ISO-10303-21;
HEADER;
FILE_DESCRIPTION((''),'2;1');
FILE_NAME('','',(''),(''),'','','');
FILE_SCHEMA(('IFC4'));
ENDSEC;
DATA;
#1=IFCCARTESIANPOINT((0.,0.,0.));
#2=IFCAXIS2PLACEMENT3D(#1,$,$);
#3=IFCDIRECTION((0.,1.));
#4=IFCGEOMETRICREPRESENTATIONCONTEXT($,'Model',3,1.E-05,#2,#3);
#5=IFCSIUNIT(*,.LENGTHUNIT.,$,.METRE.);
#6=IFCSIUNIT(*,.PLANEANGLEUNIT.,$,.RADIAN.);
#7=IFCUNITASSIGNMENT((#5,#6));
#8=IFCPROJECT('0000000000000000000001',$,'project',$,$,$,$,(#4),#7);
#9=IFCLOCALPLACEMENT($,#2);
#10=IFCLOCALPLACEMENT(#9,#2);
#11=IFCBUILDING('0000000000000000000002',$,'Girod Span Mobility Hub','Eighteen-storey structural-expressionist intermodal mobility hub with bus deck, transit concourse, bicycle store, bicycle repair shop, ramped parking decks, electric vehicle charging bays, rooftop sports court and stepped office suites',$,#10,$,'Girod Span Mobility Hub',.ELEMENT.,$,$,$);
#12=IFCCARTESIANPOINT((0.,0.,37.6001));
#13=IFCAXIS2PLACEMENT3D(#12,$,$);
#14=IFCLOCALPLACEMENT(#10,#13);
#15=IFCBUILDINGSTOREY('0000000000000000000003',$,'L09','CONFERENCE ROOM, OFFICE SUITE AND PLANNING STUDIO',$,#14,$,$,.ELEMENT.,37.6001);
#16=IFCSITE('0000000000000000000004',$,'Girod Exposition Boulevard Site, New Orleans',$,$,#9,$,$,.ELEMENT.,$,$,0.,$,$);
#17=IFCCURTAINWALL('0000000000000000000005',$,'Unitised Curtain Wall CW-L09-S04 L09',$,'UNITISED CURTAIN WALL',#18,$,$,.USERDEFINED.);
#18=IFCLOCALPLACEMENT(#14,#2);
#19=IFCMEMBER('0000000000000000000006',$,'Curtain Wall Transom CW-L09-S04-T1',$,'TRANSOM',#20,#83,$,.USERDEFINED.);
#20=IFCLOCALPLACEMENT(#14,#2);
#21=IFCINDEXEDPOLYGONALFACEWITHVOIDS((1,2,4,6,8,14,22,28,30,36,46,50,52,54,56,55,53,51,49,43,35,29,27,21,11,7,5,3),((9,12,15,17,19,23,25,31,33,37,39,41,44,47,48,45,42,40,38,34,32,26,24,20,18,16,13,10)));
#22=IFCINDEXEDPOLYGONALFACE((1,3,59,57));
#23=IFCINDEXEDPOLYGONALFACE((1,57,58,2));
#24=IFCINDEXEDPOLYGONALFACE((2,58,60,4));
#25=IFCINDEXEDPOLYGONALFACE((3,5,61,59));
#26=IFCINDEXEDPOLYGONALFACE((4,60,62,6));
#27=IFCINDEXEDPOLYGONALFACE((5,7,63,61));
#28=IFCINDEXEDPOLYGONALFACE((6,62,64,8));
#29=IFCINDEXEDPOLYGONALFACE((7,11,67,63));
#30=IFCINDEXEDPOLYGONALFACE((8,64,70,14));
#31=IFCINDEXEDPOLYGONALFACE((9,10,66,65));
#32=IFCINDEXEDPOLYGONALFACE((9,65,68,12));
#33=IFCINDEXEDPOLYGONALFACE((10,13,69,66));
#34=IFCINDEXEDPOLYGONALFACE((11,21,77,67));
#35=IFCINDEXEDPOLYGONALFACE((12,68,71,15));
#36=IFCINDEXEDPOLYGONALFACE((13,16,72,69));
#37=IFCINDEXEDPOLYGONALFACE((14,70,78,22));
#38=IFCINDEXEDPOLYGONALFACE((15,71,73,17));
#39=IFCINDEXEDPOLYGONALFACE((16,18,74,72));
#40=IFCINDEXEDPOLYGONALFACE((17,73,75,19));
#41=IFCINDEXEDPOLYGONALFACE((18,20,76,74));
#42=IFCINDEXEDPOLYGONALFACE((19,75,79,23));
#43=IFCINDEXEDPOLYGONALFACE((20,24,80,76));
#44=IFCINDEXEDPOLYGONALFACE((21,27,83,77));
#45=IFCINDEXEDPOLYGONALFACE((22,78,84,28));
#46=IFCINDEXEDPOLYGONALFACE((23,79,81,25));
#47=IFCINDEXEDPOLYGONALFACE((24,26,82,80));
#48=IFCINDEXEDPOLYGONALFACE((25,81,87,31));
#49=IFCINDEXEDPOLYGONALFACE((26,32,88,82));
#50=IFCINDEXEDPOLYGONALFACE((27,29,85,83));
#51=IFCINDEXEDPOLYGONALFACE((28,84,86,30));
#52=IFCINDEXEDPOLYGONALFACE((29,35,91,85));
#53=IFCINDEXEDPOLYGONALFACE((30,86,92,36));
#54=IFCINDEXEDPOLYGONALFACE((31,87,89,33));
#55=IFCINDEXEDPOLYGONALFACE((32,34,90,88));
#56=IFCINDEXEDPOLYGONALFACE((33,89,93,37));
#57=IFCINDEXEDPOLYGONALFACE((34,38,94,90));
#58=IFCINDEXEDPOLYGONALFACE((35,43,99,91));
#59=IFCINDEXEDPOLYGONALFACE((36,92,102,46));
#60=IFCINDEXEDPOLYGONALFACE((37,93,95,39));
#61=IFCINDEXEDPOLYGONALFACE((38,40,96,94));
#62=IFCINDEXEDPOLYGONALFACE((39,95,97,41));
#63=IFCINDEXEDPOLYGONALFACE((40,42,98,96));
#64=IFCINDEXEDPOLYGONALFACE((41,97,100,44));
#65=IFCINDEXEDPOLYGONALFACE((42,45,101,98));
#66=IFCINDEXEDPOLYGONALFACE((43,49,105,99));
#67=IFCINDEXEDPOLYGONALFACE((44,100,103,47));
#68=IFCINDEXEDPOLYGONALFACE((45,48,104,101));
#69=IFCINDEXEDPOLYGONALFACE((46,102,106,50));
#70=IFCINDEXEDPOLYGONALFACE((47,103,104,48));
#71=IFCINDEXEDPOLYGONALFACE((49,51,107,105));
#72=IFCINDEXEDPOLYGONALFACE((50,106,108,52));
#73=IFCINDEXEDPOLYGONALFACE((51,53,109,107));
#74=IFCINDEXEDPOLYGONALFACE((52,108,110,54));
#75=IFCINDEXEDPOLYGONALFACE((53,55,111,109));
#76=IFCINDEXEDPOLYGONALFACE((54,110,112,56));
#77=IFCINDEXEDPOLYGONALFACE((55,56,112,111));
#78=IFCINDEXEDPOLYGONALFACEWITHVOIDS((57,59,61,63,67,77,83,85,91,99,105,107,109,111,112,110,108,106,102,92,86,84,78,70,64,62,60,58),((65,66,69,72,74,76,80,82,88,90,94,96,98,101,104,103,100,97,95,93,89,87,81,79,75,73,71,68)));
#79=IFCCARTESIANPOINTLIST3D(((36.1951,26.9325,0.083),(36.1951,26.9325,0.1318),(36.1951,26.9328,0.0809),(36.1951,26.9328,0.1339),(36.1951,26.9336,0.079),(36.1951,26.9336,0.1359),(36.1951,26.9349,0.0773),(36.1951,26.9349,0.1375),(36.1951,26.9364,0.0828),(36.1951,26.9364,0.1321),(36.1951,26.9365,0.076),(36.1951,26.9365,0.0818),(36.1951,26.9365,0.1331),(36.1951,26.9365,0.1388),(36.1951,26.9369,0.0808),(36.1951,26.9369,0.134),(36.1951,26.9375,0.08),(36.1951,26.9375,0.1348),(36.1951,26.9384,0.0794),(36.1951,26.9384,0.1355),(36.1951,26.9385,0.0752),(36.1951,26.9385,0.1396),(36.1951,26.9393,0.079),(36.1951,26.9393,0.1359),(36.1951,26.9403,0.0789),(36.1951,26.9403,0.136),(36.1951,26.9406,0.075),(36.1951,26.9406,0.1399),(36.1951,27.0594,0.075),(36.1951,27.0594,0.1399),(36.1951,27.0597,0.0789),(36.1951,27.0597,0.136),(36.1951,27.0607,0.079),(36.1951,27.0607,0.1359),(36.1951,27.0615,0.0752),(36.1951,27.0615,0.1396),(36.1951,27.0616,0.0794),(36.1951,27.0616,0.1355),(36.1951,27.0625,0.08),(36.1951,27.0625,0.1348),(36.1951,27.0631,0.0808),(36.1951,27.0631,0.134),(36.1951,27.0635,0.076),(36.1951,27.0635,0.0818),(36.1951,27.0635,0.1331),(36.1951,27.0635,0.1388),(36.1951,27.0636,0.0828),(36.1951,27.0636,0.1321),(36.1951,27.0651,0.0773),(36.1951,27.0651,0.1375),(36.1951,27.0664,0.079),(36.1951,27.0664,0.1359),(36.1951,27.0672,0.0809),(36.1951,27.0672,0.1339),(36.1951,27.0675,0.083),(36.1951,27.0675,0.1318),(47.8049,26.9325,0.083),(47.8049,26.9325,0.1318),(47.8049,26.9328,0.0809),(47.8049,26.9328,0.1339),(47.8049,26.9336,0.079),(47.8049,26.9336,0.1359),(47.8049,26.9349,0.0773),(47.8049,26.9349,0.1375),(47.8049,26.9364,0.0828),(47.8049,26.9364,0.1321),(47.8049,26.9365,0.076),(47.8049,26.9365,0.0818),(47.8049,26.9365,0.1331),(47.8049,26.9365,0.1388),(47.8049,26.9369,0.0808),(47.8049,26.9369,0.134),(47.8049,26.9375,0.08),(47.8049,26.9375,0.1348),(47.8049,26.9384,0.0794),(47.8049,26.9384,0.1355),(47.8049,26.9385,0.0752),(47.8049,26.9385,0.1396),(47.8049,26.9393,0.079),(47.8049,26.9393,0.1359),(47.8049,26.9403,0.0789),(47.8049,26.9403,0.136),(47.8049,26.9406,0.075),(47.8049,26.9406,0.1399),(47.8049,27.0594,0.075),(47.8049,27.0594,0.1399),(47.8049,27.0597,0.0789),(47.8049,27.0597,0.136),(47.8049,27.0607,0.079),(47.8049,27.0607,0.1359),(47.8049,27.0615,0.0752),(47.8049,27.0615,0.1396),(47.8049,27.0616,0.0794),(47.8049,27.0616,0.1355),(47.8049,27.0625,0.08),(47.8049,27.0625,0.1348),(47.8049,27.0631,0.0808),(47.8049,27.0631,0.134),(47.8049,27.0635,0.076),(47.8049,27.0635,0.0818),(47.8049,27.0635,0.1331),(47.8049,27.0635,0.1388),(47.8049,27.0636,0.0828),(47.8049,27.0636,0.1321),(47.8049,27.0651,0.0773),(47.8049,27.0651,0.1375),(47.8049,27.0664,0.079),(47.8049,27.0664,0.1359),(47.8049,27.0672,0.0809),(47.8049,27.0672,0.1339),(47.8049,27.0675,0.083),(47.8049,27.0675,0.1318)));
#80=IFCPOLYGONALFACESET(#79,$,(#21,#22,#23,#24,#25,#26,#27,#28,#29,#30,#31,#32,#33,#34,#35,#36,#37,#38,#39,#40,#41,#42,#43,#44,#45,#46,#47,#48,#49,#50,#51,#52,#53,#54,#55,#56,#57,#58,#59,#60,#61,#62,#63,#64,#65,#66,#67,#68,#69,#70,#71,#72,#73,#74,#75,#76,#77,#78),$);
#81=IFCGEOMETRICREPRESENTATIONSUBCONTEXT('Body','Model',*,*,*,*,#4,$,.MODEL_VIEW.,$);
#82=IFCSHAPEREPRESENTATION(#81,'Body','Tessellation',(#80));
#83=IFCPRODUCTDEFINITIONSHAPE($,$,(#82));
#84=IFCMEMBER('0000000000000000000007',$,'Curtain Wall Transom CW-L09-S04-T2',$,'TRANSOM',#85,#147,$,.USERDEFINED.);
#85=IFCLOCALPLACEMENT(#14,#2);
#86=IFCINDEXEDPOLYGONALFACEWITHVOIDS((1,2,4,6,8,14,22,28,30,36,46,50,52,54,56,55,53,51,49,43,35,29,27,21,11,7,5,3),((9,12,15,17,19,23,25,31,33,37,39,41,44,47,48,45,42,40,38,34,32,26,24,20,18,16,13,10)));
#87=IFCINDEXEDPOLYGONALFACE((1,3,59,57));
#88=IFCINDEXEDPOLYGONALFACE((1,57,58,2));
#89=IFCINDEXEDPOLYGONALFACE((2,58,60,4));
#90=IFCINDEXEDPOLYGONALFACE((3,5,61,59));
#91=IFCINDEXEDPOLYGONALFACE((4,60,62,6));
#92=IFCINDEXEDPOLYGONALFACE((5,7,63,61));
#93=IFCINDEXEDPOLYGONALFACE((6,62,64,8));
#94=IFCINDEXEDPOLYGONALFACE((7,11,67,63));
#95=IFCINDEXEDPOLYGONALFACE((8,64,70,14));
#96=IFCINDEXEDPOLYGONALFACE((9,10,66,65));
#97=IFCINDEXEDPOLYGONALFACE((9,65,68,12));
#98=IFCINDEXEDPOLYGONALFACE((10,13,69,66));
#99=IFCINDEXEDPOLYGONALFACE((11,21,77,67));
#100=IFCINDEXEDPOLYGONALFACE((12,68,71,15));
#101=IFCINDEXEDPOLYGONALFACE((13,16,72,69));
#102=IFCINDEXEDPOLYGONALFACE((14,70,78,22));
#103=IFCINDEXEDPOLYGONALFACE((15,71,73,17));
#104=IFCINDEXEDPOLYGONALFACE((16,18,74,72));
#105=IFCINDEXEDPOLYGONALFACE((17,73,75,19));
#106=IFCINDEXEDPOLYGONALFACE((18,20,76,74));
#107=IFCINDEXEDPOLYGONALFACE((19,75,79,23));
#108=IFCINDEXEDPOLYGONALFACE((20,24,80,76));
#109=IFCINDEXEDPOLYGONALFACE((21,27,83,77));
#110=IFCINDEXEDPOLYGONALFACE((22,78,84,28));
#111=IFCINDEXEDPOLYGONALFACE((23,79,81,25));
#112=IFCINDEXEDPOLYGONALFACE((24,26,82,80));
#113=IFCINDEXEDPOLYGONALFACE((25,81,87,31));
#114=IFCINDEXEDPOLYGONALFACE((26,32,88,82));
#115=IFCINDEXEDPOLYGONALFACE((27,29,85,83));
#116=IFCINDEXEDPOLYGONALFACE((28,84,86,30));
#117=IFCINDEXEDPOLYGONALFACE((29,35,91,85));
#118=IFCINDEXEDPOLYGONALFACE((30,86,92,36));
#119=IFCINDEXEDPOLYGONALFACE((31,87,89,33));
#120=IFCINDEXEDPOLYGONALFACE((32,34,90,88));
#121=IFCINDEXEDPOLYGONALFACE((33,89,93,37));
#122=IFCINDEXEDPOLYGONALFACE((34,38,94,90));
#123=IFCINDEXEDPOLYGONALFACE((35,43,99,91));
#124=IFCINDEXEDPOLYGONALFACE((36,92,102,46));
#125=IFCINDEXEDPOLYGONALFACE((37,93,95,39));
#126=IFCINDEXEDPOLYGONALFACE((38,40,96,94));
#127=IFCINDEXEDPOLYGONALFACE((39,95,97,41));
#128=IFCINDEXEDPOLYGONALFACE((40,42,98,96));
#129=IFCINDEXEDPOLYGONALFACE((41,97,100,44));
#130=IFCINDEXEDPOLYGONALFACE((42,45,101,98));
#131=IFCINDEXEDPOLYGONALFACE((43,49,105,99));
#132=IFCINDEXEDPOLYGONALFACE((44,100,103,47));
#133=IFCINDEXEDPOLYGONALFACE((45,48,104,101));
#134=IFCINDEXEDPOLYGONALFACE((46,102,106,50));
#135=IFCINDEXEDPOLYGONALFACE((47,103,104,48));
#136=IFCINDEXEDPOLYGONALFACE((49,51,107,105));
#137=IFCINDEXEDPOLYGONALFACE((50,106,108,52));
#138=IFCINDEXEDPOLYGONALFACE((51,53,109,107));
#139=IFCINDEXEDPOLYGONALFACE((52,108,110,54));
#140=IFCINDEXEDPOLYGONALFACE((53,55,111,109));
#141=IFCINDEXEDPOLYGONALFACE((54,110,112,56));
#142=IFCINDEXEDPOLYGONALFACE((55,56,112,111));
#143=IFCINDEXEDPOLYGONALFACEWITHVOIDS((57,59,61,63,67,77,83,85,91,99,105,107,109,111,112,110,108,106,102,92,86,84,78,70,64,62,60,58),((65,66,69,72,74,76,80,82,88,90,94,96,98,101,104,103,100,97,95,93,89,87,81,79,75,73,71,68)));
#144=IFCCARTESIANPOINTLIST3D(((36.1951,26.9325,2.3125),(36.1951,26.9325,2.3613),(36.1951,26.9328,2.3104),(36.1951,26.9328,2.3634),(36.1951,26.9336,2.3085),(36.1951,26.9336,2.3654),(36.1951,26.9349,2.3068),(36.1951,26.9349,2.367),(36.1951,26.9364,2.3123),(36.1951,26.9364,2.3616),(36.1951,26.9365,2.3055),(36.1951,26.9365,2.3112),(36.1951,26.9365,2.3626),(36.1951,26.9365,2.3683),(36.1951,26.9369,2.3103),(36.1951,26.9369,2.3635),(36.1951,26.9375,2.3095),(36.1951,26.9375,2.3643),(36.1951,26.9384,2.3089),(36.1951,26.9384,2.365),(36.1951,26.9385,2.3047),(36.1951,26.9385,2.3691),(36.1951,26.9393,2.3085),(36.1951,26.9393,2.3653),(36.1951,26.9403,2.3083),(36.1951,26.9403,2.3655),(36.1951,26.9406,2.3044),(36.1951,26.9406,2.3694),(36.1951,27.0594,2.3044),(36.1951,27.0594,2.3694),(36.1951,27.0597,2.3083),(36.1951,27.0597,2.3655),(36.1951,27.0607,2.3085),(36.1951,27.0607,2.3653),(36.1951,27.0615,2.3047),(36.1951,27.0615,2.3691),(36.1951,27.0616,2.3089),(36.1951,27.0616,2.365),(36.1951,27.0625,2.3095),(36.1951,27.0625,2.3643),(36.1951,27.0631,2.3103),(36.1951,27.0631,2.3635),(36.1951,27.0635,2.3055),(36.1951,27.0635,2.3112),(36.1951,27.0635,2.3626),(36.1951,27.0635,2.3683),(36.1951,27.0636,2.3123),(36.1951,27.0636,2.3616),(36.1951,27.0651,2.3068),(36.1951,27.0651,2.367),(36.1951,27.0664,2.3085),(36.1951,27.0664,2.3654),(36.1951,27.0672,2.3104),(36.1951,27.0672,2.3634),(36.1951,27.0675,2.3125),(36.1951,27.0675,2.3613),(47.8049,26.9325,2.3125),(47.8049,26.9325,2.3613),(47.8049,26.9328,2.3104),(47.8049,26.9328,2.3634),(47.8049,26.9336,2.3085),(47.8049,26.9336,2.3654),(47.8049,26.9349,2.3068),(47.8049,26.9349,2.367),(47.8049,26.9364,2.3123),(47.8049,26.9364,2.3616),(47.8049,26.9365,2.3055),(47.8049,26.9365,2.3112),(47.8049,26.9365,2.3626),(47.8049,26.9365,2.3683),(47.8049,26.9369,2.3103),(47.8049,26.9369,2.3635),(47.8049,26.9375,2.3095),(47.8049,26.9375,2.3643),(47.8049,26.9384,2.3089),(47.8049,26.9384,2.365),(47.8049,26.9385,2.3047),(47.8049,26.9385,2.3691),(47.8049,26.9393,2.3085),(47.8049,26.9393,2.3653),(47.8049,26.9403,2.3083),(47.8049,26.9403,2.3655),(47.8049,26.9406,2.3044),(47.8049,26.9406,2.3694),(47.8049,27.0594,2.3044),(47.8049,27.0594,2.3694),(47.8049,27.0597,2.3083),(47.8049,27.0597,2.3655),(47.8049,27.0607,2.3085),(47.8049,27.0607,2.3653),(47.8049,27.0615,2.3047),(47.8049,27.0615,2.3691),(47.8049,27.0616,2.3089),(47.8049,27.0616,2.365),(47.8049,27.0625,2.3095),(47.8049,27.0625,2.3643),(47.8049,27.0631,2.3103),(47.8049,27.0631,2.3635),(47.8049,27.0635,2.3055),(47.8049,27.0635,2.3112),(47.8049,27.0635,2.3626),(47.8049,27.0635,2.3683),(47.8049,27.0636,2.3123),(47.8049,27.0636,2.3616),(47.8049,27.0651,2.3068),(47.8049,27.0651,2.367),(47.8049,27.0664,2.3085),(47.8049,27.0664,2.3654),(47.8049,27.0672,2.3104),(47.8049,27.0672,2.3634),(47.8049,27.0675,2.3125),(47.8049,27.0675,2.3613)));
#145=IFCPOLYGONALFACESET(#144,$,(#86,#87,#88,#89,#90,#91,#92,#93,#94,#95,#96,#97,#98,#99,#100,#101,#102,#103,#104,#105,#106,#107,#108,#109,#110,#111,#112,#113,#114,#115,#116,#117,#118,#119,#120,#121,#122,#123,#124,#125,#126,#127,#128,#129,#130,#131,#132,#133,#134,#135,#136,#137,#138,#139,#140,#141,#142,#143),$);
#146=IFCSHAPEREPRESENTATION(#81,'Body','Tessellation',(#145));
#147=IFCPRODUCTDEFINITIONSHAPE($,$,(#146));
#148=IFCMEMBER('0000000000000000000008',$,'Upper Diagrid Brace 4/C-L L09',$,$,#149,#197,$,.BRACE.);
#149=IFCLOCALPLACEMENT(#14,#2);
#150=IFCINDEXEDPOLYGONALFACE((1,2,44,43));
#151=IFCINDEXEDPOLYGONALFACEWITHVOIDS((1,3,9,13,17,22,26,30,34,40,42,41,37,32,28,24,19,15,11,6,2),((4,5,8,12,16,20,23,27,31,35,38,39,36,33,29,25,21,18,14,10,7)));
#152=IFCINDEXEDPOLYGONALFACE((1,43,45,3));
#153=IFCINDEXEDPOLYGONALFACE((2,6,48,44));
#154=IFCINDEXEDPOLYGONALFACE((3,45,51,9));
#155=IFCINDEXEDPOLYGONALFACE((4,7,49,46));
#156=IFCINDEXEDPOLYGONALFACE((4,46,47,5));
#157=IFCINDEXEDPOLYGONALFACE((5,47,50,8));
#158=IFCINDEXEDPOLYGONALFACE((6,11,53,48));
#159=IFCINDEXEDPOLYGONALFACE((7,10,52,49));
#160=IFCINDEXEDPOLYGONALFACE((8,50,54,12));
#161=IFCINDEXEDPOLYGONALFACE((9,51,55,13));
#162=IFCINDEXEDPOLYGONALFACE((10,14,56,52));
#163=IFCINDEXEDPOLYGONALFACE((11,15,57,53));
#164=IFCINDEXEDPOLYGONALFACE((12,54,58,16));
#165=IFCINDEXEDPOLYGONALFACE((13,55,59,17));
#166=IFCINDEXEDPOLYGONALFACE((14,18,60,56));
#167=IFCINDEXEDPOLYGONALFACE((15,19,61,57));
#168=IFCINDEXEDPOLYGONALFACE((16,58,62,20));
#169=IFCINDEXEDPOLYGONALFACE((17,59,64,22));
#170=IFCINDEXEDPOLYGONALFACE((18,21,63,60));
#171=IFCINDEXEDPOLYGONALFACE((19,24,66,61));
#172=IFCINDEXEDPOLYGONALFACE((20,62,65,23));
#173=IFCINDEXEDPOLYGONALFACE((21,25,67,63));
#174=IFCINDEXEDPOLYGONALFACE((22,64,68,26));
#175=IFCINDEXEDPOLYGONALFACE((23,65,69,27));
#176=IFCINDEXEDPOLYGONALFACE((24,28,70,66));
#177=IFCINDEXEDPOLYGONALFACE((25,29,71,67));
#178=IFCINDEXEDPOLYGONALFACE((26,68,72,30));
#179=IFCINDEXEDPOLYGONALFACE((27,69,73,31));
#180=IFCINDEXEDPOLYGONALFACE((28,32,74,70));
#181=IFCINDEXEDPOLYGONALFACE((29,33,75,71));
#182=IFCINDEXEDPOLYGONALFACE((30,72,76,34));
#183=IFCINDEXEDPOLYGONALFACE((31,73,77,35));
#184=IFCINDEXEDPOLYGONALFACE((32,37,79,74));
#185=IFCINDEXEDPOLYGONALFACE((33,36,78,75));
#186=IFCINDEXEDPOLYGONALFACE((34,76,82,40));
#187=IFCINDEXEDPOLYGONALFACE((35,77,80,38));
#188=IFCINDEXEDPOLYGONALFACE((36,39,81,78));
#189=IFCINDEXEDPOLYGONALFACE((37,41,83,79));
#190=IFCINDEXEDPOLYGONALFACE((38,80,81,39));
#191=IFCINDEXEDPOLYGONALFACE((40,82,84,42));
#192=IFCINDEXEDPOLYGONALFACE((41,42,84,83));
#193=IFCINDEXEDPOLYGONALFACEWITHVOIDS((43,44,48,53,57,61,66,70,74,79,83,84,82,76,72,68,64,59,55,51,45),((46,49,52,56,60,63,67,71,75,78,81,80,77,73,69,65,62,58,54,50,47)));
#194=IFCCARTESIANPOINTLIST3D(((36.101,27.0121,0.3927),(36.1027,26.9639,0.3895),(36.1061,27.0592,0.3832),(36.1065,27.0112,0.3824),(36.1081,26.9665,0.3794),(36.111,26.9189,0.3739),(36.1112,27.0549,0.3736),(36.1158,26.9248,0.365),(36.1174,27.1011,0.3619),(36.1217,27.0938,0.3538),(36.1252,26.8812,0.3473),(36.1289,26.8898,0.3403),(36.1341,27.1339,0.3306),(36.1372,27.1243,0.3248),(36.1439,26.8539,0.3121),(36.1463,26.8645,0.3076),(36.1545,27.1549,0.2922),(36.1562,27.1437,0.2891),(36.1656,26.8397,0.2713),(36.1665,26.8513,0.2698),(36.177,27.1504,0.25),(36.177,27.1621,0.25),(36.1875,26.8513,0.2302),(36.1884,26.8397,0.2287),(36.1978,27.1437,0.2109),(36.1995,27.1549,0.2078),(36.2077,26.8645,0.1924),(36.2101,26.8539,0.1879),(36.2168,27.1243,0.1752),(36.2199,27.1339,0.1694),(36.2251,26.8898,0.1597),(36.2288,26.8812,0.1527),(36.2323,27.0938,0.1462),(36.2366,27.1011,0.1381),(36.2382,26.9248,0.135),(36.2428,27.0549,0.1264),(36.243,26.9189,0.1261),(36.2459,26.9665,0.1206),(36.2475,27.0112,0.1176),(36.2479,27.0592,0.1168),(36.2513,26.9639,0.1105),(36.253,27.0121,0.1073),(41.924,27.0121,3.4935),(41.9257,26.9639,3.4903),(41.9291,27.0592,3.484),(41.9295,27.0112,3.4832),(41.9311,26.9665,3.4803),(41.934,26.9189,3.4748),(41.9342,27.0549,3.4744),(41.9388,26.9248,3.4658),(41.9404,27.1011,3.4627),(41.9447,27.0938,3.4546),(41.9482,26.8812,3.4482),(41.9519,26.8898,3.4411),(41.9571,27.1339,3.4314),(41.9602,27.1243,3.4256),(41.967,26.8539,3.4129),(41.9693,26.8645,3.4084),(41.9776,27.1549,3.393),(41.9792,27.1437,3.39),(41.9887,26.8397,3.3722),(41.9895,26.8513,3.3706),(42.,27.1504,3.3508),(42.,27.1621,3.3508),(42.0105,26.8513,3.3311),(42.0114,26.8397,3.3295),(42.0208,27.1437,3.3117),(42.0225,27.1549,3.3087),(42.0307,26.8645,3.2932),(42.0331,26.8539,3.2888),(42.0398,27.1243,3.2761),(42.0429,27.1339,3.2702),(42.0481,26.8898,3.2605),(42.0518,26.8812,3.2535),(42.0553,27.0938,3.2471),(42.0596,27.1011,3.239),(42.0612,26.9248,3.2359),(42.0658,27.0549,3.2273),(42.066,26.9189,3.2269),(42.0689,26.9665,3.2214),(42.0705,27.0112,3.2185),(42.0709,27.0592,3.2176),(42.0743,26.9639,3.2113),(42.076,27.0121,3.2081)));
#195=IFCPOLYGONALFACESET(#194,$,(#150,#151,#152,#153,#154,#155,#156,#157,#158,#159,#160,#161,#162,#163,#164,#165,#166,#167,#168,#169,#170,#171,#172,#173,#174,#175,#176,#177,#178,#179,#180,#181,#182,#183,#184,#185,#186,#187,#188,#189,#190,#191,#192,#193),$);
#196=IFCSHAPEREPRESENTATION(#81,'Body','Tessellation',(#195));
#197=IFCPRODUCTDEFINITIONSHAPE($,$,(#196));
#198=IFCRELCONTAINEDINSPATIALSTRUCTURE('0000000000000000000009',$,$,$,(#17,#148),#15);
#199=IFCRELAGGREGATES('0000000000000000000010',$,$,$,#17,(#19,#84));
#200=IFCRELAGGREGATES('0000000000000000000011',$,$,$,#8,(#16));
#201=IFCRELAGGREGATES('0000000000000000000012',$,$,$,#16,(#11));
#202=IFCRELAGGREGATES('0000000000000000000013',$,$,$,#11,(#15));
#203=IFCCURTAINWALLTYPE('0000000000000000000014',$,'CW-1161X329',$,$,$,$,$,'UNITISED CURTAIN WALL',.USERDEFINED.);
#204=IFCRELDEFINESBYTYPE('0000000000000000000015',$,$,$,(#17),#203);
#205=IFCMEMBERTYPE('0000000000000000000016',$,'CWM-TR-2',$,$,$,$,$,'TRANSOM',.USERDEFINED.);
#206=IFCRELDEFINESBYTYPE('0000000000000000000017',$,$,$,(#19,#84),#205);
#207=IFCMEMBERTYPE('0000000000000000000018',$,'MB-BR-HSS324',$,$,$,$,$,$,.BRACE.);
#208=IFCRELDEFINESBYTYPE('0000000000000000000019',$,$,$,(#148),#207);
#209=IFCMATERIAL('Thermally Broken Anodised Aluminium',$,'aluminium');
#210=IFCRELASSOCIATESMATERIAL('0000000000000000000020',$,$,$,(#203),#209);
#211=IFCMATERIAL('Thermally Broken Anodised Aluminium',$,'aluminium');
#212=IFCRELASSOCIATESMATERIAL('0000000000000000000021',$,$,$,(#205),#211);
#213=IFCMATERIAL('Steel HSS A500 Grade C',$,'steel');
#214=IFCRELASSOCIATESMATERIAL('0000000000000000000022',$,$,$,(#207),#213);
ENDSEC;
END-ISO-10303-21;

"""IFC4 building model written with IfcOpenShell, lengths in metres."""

from ifc_helpers import new_model, si_unit, direction, frame, origin, origin_2d, place, context, subcontext, project, spatial, hollow_rectangle, hollow_circle, extrude, material, material_profile, profile_set, type_object, element, aggregate, save


model = new_model("IFC4")

# Units and contexts
model_context = context("Model", 3, precision=1e-05, world=origin(), true_north=direction((0.0, 1.0)))
body_context = subcontext(model_context, "Body", "Model", "MODEL_VIEW")
ifc_project = project(units=[si_unit("LENGTHUNIT", "METRE"), si_unit("PLANEANGLEUNIT", "RADIAN")], contexts=[model_context])

# Site, building, storey
site_placement = place(None, origin())
site = spatial("IfcSite", under=ifc_project, at=site_placement, Name="Girod Exposition Boulevard Site, New Orleans", CompositionType="ELEMENT", RefElevation=0.0)
building_placement = place(site_placement, origin())
building = spatial("IfcBuilding", under=site, at=building_placement, Name="Girod Span Mobility Hub", Description="Eighteen-storey structural-expressionist intermodal mobility hub with bus deck, transit concourse, bicycle store, bicycle repair shop, ramped parking decks, electric vehicle charging bays, rooftop sports court and stepped office suites", LongName="Girod Span Mobility Hub", CompositionType="ELEMENT")
storey_placement = place(building_placement, frame((0.0, 0.0, 37.6001)))
storey = spatial("IfcBuildingStorey", under=building, at=storey_placement, Name="L09", Description="CONFERENCE ROOM, OFFICE SUITE AND PLANNING STUDIO", CompositionType="ELEMENT", Elevation=37.6001)

# Curtain wall, members
ifc_material_1 = material(Name="Thermally Broken Anodised Aluminium", Category="aluminium")
curtain_wall_type = type_object("IfcCurtainWallType", Name="CW-1161X329", ElementType="UNITISED CURTAIN WALL", PredefinedType="USERDEFINED", material=ifc_material_1)
curtain_wall_placement = place(storey_placement, origin())
curtain_wall = element("IfcCurtainWall", 1, at=curtain_wall_placement, inside=storey, type_object=curtain_wall_type, Name="Unitised Curtain Wall CW-L09-S04 L09", ObjectType="UNITISED CURTAIN WALL", PredefinedType="USERDEFINED")
ifc_material_2 = material(Name="Thermally Broken Anodised Aluminium", Category="aluminium")
ifc_material_profile_1 = material_profile(ifc_material_2, hollow_rectangle(XDim=0.135, YDim=0.0649, WallThickness=0.0039, InnerFilletRadius=0.0039, OuterFilletRadius=0.0081, at=origin_2d()), Name="CW-TR-65X135")
ifc_profile_set_1 = profile_set([ifc_material_profile_1], Name="Thermally Broken Anodised Aluminium")
member_type_1 = type_object("IfcMemberType", Name="CWM-TR-2", ElementType="TRANSOM", PredefinedType="USERDEFINED", material=ifc_profile_set_1)
member_1_placement = place(storey_placement, frame((36.1951, 27.0, 0.1074), z_axis=(1.0, 0.0, 0.0), x_axis=(0.0, 1.0, 0.0)))
member_1 = element("IfcMember", 2, at=member_1_placement, type_object=member_type_1, Name="Curtain Wall Transom CW-L09-S04-T1", ObjectType="TRANSOM", PredefinedType="USERDEFINED", context=body_context, shape_type="SweptSolid", body=[
    extrude(hollow_rectangle(XDim=0.135, YDim=0.0649, WallThickness=0.0039, InnerFilletRadius=0.0039, OuterFilletRadius=0.0081, at=origin_2d()), origin(), (0.0, 0.0, 1.0), 11.6099),
])
member_2_placement = place(storey_placement, frame((36.1951, 27.0, 2.3369), z_axis=(1.0, 0.0, 0.0), x_axis=(0.0, 1.0, 0.0)))
member_2 = element("IfcMember", 3, at=member_2_placement, type_object=member_type_1, Name="Curtain Wall Transom CW-L09-S04-T2", ObjectType="TRANSOM", PredefinedType="USERDEFINED", context=body_context, shape_type="SweptSolid", body=[
    extrude(hollow_rectangle(XDim=0.135, YDim=0.0649, WallThickness=0.0039, InnerFilletRadius=0.0039, OuterFilletRadius=0.0081, at=origin_2d()), origin(), (0.0, 0.0, 1.0), 11.6099),
])
aggregate(curtain_wall, [member_1, member_2])

# Member
ifc_material_3 = material(Name="Steel HSS A500 Grade C", Category="steel")
ifc_material_profile_2 = material_profile(ifc_material_3, hollow_circle(Radius=0.1621, WallThickness=0.0117, at=origin_2d()), Name="HSS324X12.7")
ifc_profile_set_2 = profile_set([ifc_material_profile_2], Name="Steel HSS A500 Grade C")
member_type_2 = type_object("IfcMemberType", Name="MB-BR-HSS324", PredefinedType="BRACE", material=ifc_profile_set_2)
member_3_placement = place(storey_placement, frame((36.177, 27.0, 0.25), z_axis=(0.882653, 0.0, 0.470025), x_axis=(0.0, 1.0, 0.0)))
element("IfcMember", 4, at=member_3_placement, inside=storey, type_object=member_type_2, Name="Upper Diagrid Brace 4/C-L L09", PredefinedType="BRACE", context=body_context, shape_type="SweptSolid", body=[
    extrude(hollow_circle(Radius=0.1621, WallThickness=0.0117, at=origin_2d()), origin(), (0.0, 0.0, 1.0), 6.5972),
])

save(model, "model.ifc")
